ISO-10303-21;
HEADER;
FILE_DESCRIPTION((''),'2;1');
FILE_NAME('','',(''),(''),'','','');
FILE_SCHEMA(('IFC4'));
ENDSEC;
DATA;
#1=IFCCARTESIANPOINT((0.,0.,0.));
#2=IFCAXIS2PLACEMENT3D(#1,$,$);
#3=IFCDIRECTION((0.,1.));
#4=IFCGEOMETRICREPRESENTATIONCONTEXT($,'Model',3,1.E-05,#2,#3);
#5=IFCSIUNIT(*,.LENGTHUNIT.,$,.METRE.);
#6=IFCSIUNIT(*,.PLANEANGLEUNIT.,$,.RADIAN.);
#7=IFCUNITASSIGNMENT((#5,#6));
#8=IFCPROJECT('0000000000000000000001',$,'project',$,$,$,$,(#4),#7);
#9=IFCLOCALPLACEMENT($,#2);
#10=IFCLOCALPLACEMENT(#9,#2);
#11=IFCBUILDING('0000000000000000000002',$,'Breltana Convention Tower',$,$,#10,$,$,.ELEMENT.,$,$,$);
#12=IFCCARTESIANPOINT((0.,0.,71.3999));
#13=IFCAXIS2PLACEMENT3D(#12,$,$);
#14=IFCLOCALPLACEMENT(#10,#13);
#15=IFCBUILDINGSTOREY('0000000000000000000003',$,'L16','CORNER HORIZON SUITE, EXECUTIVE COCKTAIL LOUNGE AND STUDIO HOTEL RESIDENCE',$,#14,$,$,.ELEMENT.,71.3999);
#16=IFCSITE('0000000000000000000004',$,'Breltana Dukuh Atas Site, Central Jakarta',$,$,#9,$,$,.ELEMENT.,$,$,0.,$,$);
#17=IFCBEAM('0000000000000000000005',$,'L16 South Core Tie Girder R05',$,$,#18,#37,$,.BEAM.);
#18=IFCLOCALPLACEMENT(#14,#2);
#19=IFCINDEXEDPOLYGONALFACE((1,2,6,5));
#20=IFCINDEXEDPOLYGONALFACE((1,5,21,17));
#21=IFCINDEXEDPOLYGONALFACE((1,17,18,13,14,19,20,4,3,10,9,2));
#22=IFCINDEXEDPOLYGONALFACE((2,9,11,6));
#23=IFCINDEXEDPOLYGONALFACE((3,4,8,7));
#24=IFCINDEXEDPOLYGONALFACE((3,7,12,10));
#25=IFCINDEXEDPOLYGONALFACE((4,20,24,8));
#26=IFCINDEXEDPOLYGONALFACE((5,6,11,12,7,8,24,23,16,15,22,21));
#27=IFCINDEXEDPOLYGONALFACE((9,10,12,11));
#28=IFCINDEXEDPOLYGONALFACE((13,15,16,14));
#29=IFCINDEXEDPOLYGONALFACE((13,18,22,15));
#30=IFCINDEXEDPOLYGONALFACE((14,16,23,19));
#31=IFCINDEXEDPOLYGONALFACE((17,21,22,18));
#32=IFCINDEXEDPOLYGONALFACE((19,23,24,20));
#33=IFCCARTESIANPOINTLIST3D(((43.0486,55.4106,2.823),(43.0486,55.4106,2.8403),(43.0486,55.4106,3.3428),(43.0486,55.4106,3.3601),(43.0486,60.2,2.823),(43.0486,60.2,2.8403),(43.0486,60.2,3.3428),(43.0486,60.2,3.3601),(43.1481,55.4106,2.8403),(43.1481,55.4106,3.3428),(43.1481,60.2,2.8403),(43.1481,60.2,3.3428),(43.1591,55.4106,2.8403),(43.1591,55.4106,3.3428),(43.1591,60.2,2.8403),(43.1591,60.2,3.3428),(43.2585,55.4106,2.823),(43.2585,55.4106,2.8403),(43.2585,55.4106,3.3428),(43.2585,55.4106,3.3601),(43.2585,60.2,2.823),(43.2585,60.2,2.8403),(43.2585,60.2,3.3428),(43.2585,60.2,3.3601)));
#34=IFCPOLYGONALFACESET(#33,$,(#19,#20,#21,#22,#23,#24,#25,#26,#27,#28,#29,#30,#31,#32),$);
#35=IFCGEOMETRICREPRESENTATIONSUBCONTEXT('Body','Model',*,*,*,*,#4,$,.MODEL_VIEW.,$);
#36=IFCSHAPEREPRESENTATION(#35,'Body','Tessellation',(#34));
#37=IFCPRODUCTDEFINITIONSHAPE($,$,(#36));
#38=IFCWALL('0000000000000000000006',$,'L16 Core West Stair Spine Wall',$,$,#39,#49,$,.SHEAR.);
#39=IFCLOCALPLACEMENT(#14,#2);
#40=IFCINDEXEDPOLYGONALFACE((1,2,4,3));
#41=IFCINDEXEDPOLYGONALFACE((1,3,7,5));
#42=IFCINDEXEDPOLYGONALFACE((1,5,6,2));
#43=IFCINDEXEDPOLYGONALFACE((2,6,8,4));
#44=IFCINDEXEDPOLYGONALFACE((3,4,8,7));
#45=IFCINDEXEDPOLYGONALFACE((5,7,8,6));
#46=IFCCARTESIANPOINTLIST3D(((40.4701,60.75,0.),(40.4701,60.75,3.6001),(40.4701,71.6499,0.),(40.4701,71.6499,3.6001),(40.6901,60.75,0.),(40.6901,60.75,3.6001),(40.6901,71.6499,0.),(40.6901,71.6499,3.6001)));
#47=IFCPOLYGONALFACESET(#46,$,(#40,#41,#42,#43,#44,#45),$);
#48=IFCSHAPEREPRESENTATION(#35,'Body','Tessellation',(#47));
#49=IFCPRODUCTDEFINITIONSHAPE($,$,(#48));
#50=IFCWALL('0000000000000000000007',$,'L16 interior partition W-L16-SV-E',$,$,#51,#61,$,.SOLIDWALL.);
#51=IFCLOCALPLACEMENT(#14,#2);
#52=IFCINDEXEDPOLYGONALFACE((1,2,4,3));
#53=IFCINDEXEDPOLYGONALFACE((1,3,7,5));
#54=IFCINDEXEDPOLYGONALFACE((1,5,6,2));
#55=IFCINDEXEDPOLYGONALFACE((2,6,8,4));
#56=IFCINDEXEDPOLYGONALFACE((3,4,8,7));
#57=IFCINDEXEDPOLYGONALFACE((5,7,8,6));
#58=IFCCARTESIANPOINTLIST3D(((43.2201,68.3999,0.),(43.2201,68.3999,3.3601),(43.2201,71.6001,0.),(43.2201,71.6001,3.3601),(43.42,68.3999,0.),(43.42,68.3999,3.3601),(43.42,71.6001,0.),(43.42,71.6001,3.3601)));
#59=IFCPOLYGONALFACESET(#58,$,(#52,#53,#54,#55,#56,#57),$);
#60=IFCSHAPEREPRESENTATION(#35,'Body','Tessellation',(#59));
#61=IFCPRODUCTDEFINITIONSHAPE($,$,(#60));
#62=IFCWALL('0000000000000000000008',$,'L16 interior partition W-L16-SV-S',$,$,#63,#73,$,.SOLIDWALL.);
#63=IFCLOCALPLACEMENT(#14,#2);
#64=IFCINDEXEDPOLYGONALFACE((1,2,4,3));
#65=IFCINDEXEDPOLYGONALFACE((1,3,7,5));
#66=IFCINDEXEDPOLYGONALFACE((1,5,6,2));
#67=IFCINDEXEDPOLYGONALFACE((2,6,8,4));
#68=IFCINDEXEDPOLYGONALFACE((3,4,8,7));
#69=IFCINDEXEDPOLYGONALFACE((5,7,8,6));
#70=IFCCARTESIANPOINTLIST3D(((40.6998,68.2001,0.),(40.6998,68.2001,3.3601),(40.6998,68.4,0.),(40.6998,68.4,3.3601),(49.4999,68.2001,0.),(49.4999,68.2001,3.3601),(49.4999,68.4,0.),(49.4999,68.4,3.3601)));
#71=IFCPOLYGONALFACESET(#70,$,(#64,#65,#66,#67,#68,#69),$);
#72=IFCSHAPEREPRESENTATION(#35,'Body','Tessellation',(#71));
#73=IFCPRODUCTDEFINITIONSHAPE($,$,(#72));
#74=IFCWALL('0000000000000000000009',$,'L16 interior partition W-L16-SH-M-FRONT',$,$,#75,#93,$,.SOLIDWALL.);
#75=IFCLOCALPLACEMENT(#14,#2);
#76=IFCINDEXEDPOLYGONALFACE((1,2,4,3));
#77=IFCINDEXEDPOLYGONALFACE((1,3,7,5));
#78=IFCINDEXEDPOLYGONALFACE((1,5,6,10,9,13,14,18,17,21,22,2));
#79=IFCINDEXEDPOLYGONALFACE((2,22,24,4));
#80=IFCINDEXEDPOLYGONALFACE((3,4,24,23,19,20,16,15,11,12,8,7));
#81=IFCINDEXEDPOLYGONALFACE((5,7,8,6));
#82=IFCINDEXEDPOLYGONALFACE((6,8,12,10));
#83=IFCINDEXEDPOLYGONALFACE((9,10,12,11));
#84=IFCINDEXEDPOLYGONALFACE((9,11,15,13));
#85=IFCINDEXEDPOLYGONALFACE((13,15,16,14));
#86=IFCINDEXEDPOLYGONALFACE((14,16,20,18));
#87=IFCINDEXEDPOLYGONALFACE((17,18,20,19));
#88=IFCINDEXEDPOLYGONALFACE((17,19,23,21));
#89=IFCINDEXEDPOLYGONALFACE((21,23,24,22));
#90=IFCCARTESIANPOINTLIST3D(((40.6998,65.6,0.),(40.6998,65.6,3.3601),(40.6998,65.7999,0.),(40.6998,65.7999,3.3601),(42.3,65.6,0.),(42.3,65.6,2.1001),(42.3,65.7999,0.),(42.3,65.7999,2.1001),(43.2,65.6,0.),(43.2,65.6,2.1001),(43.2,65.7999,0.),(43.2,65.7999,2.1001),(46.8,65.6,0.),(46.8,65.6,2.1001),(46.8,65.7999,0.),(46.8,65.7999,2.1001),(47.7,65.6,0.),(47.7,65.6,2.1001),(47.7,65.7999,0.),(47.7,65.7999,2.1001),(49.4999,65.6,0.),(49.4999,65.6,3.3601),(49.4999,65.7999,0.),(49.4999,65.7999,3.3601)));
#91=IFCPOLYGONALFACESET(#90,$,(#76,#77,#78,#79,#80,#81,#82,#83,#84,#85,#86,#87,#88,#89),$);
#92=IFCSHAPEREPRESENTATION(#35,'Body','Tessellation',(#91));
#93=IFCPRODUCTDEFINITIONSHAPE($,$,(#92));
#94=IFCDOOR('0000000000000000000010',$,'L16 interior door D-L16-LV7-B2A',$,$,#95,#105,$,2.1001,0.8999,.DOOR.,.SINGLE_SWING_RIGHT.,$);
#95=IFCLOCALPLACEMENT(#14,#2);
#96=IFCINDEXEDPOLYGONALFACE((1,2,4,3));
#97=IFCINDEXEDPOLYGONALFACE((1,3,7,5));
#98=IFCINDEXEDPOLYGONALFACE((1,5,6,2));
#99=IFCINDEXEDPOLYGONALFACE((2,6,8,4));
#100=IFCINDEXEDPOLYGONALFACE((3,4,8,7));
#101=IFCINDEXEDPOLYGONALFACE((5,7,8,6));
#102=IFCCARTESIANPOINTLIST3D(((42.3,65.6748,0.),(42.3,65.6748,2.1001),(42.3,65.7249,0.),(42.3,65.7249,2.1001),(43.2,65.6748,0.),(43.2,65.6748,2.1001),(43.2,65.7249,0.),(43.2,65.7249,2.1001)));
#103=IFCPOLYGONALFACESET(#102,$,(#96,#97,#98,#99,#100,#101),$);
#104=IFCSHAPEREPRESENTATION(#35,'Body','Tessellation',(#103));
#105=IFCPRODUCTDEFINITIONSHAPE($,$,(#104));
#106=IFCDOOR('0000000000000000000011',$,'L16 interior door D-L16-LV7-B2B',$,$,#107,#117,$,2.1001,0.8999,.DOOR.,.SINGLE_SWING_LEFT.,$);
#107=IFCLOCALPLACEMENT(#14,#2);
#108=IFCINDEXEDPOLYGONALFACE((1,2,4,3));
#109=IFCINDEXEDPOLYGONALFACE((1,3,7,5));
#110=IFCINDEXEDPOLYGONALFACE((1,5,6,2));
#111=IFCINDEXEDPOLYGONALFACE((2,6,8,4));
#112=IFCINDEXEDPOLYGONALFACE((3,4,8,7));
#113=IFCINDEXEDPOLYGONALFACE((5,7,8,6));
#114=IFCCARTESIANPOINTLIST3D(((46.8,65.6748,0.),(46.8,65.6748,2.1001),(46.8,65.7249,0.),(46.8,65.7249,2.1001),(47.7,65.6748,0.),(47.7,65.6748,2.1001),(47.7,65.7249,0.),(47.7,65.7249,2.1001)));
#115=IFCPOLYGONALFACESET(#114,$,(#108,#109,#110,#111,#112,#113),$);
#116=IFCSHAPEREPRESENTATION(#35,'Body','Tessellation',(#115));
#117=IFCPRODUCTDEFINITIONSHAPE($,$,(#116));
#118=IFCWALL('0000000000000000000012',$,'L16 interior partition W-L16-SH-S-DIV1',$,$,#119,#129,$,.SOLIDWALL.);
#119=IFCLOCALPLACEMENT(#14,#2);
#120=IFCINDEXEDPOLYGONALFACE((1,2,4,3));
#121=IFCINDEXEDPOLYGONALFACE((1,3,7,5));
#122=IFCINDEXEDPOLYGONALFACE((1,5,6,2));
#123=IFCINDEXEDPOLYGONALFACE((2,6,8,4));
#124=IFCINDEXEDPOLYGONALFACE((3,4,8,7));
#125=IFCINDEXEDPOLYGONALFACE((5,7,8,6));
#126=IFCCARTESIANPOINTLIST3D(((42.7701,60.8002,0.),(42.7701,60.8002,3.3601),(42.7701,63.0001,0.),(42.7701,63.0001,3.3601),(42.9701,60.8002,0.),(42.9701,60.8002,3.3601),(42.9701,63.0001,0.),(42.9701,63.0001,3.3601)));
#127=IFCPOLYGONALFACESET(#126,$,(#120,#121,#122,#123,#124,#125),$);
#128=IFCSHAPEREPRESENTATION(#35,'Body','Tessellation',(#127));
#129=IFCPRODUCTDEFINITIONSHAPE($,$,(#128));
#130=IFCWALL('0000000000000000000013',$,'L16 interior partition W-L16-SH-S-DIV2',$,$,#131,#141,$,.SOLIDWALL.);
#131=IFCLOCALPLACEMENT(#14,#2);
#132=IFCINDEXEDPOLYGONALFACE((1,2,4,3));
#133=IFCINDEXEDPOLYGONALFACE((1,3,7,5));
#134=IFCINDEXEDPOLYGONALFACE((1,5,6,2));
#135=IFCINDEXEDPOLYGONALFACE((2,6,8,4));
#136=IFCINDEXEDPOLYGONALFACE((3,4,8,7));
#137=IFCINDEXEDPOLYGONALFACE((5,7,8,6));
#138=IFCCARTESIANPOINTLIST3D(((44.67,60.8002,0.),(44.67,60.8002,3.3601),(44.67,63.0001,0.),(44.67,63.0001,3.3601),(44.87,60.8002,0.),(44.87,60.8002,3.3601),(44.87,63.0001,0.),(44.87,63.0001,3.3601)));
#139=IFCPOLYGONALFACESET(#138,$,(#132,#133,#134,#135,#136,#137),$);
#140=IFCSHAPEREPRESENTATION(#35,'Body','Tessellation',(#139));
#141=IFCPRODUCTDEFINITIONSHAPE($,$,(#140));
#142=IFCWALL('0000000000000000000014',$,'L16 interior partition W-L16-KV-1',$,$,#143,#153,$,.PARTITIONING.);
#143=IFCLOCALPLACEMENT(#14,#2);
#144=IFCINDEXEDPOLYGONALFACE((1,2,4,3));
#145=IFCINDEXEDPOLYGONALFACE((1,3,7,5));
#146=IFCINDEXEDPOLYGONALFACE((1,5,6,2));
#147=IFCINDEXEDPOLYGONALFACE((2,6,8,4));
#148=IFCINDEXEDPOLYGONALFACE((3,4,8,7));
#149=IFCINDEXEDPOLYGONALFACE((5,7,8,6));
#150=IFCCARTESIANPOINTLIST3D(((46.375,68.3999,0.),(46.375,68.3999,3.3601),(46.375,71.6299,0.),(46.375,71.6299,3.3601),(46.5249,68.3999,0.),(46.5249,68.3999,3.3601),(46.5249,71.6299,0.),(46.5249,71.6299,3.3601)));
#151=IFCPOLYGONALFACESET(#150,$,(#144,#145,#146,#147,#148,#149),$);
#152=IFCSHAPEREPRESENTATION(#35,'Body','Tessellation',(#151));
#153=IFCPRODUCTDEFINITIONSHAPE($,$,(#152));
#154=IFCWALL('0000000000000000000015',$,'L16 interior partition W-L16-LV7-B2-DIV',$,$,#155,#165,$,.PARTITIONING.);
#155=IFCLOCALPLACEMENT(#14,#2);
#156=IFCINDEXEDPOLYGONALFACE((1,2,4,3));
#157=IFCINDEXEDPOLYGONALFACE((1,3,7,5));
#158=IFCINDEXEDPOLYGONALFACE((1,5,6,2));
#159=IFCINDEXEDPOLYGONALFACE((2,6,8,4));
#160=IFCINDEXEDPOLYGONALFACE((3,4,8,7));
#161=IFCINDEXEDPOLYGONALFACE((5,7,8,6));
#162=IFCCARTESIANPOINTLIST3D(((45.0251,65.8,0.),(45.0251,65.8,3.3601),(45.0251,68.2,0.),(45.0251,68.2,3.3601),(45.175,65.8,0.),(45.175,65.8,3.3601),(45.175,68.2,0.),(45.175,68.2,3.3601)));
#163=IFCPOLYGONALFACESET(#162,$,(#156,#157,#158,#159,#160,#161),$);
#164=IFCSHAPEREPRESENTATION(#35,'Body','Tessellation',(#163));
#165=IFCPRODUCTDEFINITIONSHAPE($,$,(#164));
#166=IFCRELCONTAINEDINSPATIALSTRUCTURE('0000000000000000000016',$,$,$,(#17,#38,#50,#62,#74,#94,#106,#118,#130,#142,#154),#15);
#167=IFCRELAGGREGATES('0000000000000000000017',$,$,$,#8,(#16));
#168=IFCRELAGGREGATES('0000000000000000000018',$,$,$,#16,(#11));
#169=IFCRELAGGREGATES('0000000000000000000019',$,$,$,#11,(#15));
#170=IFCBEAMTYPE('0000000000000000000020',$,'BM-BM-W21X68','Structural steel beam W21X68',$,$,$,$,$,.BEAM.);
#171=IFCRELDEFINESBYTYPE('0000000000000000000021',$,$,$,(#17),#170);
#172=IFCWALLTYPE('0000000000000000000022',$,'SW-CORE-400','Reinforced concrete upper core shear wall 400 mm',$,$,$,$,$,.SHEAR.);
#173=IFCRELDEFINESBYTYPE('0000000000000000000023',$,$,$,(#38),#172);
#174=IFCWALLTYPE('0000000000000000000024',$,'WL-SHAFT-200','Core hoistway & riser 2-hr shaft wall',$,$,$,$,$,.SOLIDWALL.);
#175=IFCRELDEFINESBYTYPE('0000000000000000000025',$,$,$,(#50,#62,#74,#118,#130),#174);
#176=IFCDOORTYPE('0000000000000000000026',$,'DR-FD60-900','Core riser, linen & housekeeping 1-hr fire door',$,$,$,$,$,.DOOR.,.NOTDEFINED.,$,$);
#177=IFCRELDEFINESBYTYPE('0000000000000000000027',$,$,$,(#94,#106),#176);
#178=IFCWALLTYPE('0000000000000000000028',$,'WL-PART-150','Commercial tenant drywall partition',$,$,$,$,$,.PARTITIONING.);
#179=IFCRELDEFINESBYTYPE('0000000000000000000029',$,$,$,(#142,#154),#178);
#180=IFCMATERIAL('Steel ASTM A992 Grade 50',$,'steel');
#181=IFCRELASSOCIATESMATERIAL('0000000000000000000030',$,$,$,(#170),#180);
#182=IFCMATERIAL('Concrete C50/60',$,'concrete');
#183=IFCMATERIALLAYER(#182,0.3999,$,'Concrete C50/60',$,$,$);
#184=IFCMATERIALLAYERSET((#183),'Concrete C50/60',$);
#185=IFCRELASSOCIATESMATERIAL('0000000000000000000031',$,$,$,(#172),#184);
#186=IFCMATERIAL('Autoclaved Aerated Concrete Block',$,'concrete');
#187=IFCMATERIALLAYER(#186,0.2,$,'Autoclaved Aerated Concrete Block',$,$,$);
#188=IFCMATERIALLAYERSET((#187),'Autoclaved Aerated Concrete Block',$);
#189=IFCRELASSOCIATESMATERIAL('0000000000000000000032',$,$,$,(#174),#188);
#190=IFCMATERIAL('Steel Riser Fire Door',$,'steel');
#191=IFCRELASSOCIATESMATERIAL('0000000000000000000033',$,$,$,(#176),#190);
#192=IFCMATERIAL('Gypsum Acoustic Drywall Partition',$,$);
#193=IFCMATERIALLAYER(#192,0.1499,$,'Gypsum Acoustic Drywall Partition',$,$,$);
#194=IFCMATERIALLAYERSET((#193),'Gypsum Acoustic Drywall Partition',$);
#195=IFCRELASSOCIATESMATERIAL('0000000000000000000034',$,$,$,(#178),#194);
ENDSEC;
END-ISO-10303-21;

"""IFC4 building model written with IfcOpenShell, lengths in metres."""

from ifc_helpers import new_model, si_unit, direction, frame, frame_2d, origin, origin_2d, place, context, subcontext, project, spatial, rectangle, i_section, extrude, source, transform, mapped, material, layer, layer_set, material_profile, profile_set, type_object, type_shapes, element, fill, save


model = new_model("IFC4")

# Units and contexts
model_context = context("Model", 3, precision=1e-05, world=origin(), true_north=direction((0.0, 1.0)))
body_context = subcontext(model_context, "Body", "Model", "MODEL_VIEW")
ifc_project = project(units=[si_unit("LENGTHUNIT", "METRE"), si_unit("PLANEANGLEUNIT", "RADIAN")], contexts=[model_context])

# Site, building, storey
site_placement = place(None, origin())
site = spatial("IfcSite", under=ifc_project, at=site_placement, Name="Breltana Dukuh Atas Site, Central Jakarta", CompositionType="ELEMENT", RefElevation=0.0)
building_placement = place(site_placement, origin())
building = spatial("IfcBuilding", under=site, at=building_placement, Name="Breltana Convention Tower", CompositionType="ELEMENT")
storey_placement = place(building_placement, frame((0.0, 0.0, 71.3999)))
storey = spatial("IfcBuildingStorey", under=building, at=storey_placement, Name="L16", Description="CORNER HORIZON SUITE, EXECUTIVE COCKTAIL LOUNGE AND STUDIO HOTEL RESIDENCE", CompositionType="ELEMENT", Elevation=71.3999)

# Beam
ifc_material_1 = material(Name="Steel ASTM A992 Grade 50", Category="steel")
ifc_material_profile = material_profile(ifc_material_1, i_section(OverallWidth=0.21, OverallDepth=0.5371, WebThickness=0.011, FlangeThickness=0.0173, at=origin_2d()), Name="W21X68")
ifc_profile_set = profile_set([ifc_material_profile], Name="Steel ASTM A992 Grade 50")
beam_type = type_object("IfcBeamType", Name="BM-BM-W21X68", Description="Structural steel beam W21X68", PredefinedType="BEAM", material=ifc_profile_set)
shared_shape_1 = source(origin(), body_context, "Body", "SweptSolid", [
    extrude(i_section(OverallWidth=0.21, OverallDepth=0.5371, WebThickness=0.011, FlangeThickness=0.0173, at=origin_2d()), origin(), (0.0, 0.0, 1.0), 4.7893),
])
beam_placement = place(storey_placement, frame((43.1536, 60.2, 3.0916), z_axis=(0.0, -1.0, 0.0), x_axis=(1.0, 0.0, 0.0)))
element("IfcBeam", 1, at=beam_placement, inside=storey, type_object=beam_type, Name="L16 South Core Tie Girder R05", PredefinedType="BEAM", context=body_context, shape_type="MappedRepresentation", body=[
    mapped(shared_shape_1, transform((0.0, 0.0, 0.0), scale=1.0)),
])

# Walls
ifc_material_2 = material(Name="Concrete C50/60", Category="concrete")
ifc_layer_1 = layer(ifc_material_2, 0.3999, Name="Concrete C50/60")
ifc_layer_set_1 = layer_set([ifc_layer_1], Name="Concrete C50/60")
wall_type_1 = type_object("IfcWallType", Name="SW-CORE-400", Description="Reinforced concrete upper core shear wall 400 mm", PredefinedType="SHEAR", material=ifc_layer_set_1)
shared_shape_2 = source(origin(), body_context, "Body", "SweptSolid", [
    extrude(rectangle(XDim=10.8999, YDim=0.22, at=frame_2d((5.45, 0.0))), origin(), (0.0, 0.0, 1.0), 3.6001),
])
wall_1_placement = place(storey_placement, frame((40.5801, 60.75, 0.0), z_axis=(0.0, 0.0, 1.0), x_axis=(0.0, 1.0, 0.0)))
element("IfcWall", 2, at=wall_1_placement, inside=storey, type_object=wall_type_1, Name="L16 Core West Stair Spine Wall", PredefinedType="SHEAR", context=body_context, shape_type="MappedRepresentation", body=[
    mapped(shared_shape_2, transform((0.0, 0.0, 0.0), scale=1.0)),
])
ifc_material_3 = material(Name="Autoclaved Aerated Concrete Block", Category="concrete")
ifc_layer_2 = layer(ifc_material_3, 0.2, Name="Autoclaved Aerated Concrete Block")
ifc_layer_set_2 = layer_set([ifc_layer_2], Name="Autoclaved Aerated Concrete Block")
wall_type_2 = type_object("IfcWallType", Name="WL-SHAFT-200", Description="Core hoistway & riser 2-hr shaft wall", PredefinedType="SOLIDWALL", material=ifc_layer_set_2)
shared_shape_3 = source(origin(), body_context, "Body", "SweptSolid", [
    extrude(rectangle(XDim=3.2002, YDim=0.2, at=frame_2d((1.6001, 0.0))), origin(), (0.0, 0.0, 1.0), 3.3601),
])
wall_2_placement = place(storey_placement, frame((43.3201, 68.3999, 0.0), z_axis=(0.0, 0.0, 1.0), x_axis=(0.0, 1.0, 0.0)))
element("IfcWall", 3, at=wall_2_placement, inside=storey, type_object=wall_type_2, Name="L16 interior partition W-L16-SV-E", PredefinedType="SOLIDWALL", context=body_context, shape_type="MappedRepresentation", body=[
    mapped(shared_shape_3, transform((0.0, 0.0, 0.0), scale=1.0)),
])
shared_shape_4 = source(origin(), body_context, "Body", "SweptSolid", [
    extrude(rectangle(XDim=8.8, YDim=0.2, at=frame_2d((4.3999, 0.0))), origin(), (0.0, 0.0, 1.0), 3.3601),
])
wall_3_placement = place(storey_placement, frame((40.7, 68.3, 0.0), z_axis=(0.0, 0.0, 1.0), x_axis=(1.0, 0.0, 0.0)))
element("IfcWall", 4, at=wall_3_placement, inside=storey, type_object=wall_type_2, Name="L16 interior partition W-L16-SV-S", PredefinedType="SOLIDWALL", context=body_context, shape_type="MappedRepresentation", body=[
    mapped(shared_shape_4, transform((0.0, 0.0, 0.0), scale=1.0)),
])

# Wall, openings, doors
wall_4_placement = place(storey_placement, frame((40.7, 65.7, 0.0), z_axis=(0.0, 0.0, 1.0), x_axis=(1.0, 0.0, 0.0)))
wall_4 = element("IfcWall", 5, at=wall_4_placement, inside=storey, type_object=wall_type_2, Name="L16 interior partition W-L16-SH-M-FRONT", PredefinedType="SOLIDWALL", context=body_context, shape_type="MappedRepresentation", body=[
    mapped(shared_shape_4, transform((0.0, 0.0, 0.0), scale=1.0)),
])
opening_1_placement = place(wall_4_placement, frame((1.6001, 0.0, 0.0)))
opening_1 = element("IfcOpeningElement", 6, at=opening_1_placement, cuts=wall_4, PredefinedType="OPENING", context=body_context, shape_type="SweptSolid", body=[
    extrude(rectangle(XDim=0.8999, YDim=2.1001, at=frame_2d((0.45, 1.05))), frame((0.0, 0.1099, 0.0), z_axis=(0.0, -1.0, 0.0), x_axis=(1.0, 0.0, 0.0)), (0.0, 0.0, 1.0), 0.22),
])
opening_2_placement = place(wall_4_placement, frame((6.1001, 0.0, 0.0)))
opening_2 = element("IfcOpeningElement", 7, at=opening_2_placement, cuts=wall_4, PredefinedType="OPENING", context=body_context, shape_type="SweptSolid", body=[
    extrude(rectangle(XDim=0.8999, YDim=2.1001, at=frame_2d((0.45, 1.05))), frame((0.0, 0.1099, 0.0), z_axis=(0.0, -1.0, 0.0), x_axis=(1.0, 0.0, 0.0)), (0.0, 0.0, 1.0), 0.22),
])
ifc_material_4 = material(Name="Steel Riser Fire Door", Category="steel")
door_type_1 = type_object("IfcDoorType", Name="DR-FD60-900", Description="Core riser, linen & housekeeping 1-hr fire door", OperationType="NOTDEFINED", PredefinedType="DOOR", material=ifc_material_4)
shared_shape_5 = source(origin(), body_context, "Body", "SweptSolid", [
    extrude(rectangle(XDim=0.8999, YDim=2.1001, at=frame_2d((0.45, 1.05))), frame((0.0, 0.0249, 0.0), z_axis=(0.0, -1.0, 0.0), x_axis=(1.0, 0.0, 0.0)), (0.0, 0.0, 1.0), 0.05),
])
type_shapes(door_type_1, [shared_shape_5])
door_1_placement = place(opening_1_placement, origin())
door_1 = element("IfcDoor", 8, at=door_1_placement, inside=storey, type_object=door_type_1, Name="L16 interior door D-L16-LV7-B2A", OperationType="SINGLE_SWING_RIGHT", OverallHeight=2.1001, OverallWidth=0.8999, PredefinedType="DOOR", context=body_context, shape_type="MappedRepresentation", body=[
    mapped(shared_shape_5, transform((0.0, 0.0, 0.0), scale=1.0)),
])
fill(opening_1, door_1)
door_2_placement = place(opening_2_placement, origin())
door_2 = element("IfcDoor", 9, at=door_2_placement, inside=storey, type_object=door_type_1, Name="L16 interior door D-L16-LV7-B2B", OperationType="SINGLE_SWING_LEFT", OverallHeight=2.1001, OverallWidth=0.8999, PredefinedType="DOOR", context=body_context, shape_type="MappedRepresentation", body=[
    mapped(shared_shape_5, transform((0.0, 0.0, 0.0), scale=1.0)),
])
fill(opening_2, door_2)

# Walls
shared_shape_6 = source(origin(), body_context, "Body", "SweptSolid", [
    extrude(rectangle(XDim=2.2, YDim=0.2, at=frame_2d((1.1001, 0.0))), origin(), (0.0, 0.0, 1.0), 3.3601),
])
for number, where, z_axis, x_axis, name in (
    (10, (42.8701, 60.8, 0.0), (0.0, 0.0, 1.0), (0.0, 1.0, 0.0), "L16 interior partition W-L16-SH-S-DIV1"),
    (11, (44.77, 60.8, 0.0), (0.0, 0.0, 1.0), (0.0, 1.0, 0.0), "L16 interior partition W-L16-SH-S-DIV2"),
):
    element("IfcWall", number, at=place(storey_placement, frame(where, z_axis=z_axis, x_axis=x_axis)), inside=storey, type_object=wall_type_2, Name=name, PredefinedType="SOLIDWALL", context=body_context, shape_type="MappedRepresentation", body=[
        mapped(shared_shape_6, transform((0.0, 0.0, 0.0), scale=1.0)),
    ])
ifc_material_5 = material(Name="Gypsum Acoustic Drywall Partition")
ifc_layer_3 = layer(ifc_material_5, 0.1499, Name="Gypsum Acoustic Drywall Partition")
ifc_layer_set_3 = layer_set([ifc_layer_3], Name="Gypsum Acoustic Drywall Partition")
wall_type_3 = type_object("IfcWallType", Name="WL-PART-150", Description="Commercial tenant drywall partition", PredefinedType="PARTITIONING", material=ifc_layer_set_3)
shared_shape_7 = source(origin(), body_context, "Body", "SweptSolid", [
    extrude(rectangle(XDim=3.23, YDim=0.1499, at=frame_2d((1.615, 0.0))), origin(), (0.0, 0.0, 1.0), 3.3601),
])
wall_5_placement = place(storey_placement, frame((46.45, 68.3999, 0.0), z_axis=(0.0, 0.0, 1.0), x_axis=(0.0, 1.0, 0.0)))
element("IfcWall", 12, at=wall_5_placement, inside=storey, type_object=wall_type_3, Name="L16 interior partition W-L16-KV-1", PredefinedType="PARTITIONING", context=body_context, shape_type="MappedRepresentation", body=[
    mapped(shared_shape_7, transform((0.0, 0.0, 0.0), scale=1.0)),
])
shared_shape_8 = source(origin(), body_context, "Body", "SweptSolid", [
    extrude(rectangle(XDim=2.3999, YDim=0.1499, at=frame_2d((1.2, 0.0))), origin(), (0.0, 0.0, 1.0), 3.3601),
])
wall_6_placement = place(storey_placement, frame((45.1001, 65.8, 0.0), z_axis=(0.0, 0.0, 1.0), x_axis=(0.0, 1.0, 0.0)))
element("IfcWall", 13, at=wall_6_placement, inside=storey, type_object=wall_type_3, Name="L16 interior partition W-L16-LV7-B2-DIV", PredefinedType="PARTITIONING", context=body_context, shape_type="MappedRepresentation", body=[
    mapped(shared_shape_8, transform((0.0, 0.0, 0.0), scale=1.0)),
])

save(model, "model.ifc")
